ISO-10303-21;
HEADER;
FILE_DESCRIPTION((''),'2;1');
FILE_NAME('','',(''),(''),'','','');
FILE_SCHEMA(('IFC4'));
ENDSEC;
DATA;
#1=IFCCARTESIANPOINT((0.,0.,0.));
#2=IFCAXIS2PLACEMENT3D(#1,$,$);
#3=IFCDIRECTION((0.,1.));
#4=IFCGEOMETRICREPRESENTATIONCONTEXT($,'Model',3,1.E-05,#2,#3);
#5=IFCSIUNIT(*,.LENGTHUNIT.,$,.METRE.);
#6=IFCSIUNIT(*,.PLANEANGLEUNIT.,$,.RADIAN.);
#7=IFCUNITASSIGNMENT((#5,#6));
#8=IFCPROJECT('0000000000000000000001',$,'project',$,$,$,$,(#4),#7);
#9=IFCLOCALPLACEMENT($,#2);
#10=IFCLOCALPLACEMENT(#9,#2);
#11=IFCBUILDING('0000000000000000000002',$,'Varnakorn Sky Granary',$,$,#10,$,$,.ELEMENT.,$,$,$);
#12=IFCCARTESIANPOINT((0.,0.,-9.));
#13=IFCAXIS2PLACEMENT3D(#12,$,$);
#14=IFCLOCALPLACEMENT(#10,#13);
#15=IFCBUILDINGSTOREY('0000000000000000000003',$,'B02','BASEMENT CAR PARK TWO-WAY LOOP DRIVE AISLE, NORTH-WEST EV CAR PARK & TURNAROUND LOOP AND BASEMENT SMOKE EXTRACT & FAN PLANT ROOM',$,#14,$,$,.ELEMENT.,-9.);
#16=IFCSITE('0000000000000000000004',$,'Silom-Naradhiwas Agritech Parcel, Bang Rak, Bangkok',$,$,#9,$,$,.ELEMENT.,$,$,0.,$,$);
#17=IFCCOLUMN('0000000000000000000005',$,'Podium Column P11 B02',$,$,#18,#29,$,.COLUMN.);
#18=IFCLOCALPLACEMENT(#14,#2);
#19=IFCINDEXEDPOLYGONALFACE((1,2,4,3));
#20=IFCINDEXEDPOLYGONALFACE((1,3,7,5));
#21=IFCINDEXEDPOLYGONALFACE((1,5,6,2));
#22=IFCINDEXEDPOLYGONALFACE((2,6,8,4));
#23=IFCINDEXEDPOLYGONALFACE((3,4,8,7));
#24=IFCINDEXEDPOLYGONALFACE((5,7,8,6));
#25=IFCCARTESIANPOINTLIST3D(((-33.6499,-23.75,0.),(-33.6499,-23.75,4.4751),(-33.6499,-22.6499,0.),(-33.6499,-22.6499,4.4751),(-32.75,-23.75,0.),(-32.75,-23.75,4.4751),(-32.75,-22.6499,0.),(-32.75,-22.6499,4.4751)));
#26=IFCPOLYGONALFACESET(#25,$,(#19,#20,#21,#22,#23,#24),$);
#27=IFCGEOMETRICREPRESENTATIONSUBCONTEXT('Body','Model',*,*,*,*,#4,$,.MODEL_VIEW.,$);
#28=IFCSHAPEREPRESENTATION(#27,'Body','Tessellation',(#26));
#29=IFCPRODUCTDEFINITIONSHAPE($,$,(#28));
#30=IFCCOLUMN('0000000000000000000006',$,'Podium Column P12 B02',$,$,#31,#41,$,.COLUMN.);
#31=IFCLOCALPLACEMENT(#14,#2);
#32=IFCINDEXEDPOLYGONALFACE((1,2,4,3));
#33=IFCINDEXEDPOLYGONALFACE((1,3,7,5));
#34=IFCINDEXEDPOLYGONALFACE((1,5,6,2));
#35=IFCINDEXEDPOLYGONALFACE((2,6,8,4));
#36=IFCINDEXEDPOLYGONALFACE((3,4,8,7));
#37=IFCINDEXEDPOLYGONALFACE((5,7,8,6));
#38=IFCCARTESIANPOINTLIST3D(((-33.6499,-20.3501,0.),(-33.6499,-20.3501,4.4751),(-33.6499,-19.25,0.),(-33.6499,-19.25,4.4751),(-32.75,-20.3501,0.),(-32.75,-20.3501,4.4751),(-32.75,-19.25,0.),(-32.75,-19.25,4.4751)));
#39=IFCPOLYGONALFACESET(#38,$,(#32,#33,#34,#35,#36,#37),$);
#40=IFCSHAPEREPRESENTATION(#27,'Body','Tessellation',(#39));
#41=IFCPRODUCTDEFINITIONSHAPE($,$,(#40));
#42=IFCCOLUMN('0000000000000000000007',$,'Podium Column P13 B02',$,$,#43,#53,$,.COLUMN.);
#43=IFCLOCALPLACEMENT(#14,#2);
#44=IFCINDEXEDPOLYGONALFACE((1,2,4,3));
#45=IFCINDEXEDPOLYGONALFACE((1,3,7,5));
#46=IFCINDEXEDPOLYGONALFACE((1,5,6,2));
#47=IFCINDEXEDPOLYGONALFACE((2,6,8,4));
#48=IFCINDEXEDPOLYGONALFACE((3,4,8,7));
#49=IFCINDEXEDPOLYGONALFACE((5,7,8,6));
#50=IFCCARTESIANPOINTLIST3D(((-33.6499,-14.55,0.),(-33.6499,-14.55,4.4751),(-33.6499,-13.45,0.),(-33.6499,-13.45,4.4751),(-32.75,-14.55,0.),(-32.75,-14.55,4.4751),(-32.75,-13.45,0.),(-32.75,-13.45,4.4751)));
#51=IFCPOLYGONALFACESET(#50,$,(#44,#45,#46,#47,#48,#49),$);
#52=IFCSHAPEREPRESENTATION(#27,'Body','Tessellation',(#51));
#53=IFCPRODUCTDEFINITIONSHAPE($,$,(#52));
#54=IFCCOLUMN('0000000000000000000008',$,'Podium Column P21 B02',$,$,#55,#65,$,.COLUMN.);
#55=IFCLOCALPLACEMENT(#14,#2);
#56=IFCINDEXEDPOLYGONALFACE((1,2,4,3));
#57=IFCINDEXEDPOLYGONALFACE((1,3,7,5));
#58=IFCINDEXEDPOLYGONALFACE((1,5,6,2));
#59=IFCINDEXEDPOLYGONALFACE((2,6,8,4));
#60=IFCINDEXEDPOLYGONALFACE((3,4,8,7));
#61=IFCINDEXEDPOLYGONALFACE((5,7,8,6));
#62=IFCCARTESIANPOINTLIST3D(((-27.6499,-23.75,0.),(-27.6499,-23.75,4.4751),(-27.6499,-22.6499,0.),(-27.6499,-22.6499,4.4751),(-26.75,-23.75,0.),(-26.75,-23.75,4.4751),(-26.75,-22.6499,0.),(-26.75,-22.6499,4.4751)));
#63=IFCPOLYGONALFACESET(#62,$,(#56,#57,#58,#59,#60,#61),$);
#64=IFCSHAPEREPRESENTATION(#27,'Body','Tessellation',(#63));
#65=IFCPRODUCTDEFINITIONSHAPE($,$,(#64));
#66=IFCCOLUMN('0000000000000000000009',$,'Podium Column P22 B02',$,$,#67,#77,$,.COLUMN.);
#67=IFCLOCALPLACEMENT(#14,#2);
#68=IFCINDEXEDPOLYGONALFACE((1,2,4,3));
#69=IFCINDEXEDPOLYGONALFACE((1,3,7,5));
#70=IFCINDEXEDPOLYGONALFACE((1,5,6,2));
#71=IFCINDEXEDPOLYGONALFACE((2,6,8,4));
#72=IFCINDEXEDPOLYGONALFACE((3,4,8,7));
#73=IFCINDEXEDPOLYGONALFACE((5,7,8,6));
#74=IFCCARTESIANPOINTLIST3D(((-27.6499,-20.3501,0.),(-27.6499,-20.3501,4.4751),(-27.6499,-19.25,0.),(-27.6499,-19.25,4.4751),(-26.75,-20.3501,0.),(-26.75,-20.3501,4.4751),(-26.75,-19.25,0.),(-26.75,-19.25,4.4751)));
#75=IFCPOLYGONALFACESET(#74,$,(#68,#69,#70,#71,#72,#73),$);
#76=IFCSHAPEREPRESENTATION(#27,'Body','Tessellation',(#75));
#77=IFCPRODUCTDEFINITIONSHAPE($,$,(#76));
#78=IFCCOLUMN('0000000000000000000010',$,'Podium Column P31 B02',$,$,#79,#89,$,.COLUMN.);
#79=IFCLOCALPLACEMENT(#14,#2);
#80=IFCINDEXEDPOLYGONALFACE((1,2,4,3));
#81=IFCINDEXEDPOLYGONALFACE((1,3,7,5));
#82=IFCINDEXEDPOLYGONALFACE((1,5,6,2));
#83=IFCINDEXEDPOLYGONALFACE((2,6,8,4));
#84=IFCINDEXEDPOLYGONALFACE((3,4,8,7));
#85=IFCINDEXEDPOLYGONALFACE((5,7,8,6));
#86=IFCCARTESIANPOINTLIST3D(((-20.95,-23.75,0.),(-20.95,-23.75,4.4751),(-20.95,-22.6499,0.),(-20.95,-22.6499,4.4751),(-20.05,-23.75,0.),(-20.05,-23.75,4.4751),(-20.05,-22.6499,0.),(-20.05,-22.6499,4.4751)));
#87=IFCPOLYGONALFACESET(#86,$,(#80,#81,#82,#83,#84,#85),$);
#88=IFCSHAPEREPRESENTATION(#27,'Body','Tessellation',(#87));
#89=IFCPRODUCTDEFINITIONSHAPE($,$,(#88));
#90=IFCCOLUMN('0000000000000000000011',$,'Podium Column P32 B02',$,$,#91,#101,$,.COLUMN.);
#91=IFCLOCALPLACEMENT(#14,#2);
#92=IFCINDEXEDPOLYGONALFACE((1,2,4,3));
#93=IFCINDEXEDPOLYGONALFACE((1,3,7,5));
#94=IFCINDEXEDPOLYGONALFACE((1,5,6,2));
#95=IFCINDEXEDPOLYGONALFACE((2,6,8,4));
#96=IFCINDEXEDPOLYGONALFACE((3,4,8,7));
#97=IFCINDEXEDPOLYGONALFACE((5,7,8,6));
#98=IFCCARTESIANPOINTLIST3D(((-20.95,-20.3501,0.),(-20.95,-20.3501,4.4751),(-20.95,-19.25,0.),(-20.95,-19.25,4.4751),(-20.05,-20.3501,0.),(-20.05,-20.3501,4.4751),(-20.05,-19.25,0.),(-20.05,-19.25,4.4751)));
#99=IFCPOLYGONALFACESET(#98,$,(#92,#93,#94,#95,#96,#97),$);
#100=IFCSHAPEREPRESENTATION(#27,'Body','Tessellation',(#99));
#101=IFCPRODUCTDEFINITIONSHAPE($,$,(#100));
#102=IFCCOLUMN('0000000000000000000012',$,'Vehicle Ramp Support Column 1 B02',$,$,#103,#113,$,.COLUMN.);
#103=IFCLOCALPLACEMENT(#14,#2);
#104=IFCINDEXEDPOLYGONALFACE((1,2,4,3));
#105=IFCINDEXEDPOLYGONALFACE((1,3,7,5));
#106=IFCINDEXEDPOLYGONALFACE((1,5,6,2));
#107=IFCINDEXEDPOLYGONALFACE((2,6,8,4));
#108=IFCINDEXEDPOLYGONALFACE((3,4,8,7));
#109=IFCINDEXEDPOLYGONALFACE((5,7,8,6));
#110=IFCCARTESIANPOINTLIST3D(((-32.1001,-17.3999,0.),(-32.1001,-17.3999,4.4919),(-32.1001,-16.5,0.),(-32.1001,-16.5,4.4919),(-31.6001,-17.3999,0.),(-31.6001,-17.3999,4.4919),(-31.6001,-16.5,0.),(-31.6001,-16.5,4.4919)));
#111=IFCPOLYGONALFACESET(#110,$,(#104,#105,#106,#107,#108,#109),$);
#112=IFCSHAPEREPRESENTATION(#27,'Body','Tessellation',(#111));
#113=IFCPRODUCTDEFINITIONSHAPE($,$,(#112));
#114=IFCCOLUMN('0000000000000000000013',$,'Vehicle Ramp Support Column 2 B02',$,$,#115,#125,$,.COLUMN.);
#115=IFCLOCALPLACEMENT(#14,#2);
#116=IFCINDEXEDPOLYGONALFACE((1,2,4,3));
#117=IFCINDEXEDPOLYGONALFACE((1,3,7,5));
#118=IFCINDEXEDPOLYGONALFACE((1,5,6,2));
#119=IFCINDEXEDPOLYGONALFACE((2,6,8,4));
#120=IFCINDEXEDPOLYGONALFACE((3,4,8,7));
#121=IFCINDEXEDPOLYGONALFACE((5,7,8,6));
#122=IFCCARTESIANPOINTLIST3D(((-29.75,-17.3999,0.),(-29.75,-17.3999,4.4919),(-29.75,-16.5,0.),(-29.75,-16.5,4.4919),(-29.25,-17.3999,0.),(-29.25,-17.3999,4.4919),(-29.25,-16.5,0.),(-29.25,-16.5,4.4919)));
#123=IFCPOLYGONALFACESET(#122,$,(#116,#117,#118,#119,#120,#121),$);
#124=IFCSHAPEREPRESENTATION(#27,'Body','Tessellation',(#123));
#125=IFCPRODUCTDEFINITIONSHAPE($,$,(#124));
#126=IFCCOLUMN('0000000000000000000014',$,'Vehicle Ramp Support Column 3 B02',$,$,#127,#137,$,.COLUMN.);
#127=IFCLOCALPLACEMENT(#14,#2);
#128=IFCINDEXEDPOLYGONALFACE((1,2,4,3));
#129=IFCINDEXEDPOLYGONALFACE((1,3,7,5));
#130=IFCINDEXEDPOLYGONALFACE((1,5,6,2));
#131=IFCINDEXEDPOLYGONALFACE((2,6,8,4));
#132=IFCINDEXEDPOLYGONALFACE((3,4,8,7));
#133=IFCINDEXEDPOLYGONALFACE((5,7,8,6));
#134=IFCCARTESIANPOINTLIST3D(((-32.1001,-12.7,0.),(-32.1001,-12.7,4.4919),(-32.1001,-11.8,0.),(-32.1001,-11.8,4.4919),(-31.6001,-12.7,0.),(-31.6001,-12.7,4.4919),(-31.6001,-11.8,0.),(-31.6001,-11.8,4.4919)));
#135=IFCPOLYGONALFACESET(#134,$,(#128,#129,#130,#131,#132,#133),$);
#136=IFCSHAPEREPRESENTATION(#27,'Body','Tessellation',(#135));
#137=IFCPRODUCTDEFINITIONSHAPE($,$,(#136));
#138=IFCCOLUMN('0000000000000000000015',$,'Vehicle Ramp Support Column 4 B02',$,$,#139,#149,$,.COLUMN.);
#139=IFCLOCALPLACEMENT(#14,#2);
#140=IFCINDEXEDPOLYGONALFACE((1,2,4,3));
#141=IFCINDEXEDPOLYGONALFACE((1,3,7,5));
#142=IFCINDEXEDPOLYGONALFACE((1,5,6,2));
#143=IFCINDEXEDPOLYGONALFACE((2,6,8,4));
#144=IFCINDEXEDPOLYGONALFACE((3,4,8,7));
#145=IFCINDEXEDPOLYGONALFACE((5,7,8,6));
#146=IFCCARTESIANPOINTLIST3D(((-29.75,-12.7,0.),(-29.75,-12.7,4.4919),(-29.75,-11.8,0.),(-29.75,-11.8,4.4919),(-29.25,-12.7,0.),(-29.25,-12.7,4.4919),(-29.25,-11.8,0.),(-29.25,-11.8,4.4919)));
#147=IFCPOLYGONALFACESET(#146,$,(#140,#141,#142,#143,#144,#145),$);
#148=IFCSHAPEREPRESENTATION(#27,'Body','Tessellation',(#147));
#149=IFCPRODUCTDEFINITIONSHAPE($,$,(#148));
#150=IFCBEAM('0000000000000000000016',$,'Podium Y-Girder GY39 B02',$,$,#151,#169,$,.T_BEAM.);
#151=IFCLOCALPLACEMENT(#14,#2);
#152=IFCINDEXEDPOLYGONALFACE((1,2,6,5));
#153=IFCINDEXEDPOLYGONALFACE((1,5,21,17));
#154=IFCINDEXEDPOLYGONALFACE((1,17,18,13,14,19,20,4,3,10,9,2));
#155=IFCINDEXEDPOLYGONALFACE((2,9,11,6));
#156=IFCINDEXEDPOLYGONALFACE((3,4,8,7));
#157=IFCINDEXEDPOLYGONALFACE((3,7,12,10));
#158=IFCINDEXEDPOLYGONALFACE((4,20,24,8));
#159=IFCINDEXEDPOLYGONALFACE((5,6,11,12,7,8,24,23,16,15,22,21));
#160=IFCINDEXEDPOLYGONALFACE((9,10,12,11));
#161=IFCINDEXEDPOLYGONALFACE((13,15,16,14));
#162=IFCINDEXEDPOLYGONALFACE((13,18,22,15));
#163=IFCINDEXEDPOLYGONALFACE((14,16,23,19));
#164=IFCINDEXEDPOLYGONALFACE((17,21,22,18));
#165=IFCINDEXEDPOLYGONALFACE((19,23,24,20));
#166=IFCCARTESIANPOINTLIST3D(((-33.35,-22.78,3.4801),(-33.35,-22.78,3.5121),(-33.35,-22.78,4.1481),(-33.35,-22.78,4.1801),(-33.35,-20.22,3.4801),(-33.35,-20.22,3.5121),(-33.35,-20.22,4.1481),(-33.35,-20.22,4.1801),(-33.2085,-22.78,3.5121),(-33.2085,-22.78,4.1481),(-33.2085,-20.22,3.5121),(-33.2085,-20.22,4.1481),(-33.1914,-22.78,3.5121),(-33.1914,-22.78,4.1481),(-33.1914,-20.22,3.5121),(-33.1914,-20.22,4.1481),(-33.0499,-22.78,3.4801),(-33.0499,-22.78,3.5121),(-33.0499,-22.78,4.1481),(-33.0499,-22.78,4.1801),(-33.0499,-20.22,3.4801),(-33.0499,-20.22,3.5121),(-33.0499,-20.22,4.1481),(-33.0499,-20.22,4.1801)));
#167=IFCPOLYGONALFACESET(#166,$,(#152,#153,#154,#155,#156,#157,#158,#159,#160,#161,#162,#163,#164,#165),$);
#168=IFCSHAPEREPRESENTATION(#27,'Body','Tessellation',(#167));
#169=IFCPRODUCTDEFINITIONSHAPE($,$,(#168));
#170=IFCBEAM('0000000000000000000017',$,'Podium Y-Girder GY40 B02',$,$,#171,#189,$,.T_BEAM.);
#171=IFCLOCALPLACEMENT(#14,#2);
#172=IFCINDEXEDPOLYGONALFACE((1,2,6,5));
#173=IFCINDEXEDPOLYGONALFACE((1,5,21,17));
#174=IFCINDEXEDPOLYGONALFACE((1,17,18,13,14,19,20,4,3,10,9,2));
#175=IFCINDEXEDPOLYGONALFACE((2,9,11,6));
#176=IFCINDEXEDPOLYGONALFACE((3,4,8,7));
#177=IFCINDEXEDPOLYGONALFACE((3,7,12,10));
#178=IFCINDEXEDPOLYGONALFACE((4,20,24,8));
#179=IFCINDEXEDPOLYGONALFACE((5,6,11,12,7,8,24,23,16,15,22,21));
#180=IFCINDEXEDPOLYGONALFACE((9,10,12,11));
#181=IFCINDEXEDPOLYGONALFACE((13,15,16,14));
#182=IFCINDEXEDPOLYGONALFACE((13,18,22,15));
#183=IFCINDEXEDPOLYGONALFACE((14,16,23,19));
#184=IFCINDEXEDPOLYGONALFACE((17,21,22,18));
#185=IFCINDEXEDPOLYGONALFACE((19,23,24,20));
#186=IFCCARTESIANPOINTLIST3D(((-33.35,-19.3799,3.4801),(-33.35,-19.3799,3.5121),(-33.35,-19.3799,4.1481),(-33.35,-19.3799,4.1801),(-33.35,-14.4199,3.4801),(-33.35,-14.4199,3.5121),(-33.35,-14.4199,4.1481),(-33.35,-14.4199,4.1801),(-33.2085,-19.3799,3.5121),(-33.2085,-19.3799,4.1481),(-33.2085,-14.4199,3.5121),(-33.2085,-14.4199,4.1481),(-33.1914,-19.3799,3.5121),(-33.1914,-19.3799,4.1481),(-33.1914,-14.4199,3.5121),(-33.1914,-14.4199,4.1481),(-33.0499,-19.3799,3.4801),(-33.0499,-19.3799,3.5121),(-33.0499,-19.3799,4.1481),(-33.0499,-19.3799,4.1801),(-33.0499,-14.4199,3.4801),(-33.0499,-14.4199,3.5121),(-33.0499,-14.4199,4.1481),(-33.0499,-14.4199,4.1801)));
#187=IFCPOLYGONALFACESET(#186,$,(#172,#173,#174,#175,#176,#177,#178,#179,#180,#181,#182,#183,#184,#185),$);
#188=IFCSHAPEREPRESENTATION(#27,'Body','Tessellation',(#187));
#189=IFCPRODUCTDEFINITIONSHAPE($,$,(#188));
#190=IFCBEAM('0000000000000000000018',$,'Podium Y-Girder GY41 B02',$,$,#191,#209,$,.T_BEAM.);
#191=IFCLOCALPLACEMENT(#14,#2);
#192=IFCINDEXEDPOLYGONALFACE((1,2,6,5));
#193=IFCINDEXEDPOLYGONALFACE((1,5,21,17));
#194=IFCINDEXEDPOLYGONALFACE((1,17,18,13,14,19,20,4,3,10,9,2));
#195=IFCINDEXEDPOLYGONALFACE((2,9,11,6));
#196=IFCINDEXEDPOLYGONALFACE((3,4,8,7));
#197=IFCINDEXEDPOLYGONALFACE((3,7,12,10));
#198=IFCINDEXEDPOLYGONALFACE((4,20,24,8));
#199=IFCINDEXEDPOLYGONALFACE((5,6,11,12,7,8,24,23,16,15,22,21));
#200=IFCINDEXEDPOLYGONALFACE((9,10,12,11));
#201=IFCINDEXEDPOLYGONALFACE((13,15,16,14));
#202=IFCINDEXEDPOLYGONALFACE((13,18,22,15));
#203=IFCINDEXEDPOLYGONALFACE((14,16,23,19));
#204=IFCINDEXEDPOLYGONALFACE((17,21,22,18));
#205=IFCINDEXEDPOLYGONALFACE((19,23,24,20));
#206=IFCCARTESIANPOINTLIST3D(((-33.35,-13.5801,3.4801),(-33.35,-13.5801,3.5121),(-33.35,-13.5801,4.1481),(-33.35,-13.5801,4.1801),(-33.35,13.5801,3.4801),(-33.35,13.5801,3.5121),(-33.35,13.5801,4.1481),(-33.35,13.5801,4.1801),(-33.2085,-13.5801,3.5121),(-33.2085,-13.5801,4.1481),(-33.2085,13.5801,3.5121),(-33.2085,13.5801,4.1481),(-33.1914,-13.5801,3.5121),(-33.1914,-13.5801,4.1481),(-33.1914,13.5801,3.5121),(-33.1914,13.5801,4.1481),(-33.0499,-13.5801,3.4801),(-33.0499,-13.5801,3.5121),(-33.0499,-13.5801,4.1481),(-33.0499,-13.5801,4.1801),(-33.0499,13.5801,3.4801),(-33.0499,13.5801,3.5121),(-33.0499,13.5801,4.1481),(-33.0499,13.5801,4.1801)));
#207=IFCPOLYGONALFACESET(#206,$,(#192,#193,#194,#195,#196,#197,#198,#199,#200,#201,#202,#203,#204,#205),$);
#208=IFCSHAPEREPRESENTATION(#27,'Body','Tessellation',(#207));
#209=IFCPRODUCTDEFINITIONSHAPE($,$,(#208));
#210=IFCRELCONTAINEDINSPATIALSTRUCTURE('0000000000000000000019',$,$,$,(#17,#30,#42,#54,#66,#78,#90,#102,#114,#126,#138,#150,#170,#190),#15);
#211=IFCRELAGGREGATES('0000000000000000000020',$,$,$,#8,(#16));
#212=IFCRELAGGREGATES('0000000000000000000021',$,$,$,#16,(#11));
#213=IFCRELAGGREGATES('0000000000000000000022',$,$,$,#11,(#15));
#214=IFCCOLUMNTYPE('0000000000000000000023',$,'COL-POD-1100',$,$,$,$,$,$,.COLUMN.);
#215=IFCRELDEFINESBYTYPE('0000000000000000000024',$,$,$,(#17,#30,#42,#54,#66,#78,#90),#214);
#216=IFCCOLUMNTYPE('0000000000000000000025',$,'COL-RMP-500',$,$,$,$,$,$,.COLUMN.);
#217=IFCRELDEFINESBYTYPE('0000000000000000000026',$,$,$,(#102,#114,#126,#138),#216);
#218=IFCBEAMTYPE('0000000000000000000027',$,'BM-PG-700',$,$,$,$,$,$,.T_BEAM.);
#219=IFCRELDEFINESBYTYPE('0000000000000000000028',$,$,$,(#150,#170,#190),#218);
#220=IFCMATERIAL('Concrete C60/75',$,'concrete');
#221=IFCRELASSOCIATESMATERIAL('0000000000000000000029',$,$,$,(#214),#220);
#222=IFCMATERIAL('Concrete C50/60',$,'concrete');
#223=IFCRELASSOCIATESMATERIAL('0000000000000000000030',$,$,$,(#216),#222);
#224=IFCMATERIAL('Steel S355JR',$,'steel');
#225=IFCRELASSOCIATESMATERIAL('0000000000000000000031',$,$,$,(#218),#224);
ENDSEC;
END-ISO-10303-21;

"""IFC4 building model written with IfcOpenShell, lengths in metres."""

from ifc_helpers import new_model, si_unit, direction, frame, origin, origin_2d, place, context, subcontext, project, spatial, rectangle, i_section, extrude, material, material_profile, profile_set, type_object, element, save


model = new_model("IFC4")

# Units and contexts
model_context = context("Model", 3, precision=1e-05, world=origin(), true_north=direction((0.0, 1.0)))
body_context = subcontext(model_context, "Body", "Model", "MODEL_VIEW")
ifc_project = project(units=[si_unit("LENGTHUNIT", "METRE"), si_unit("PLANEANGLEUNIT", "RADIAN")], contexts=[model_context])

# Site, building, storey
site_placement = place(None, origin())
site = spatial("IfcSite", under=ifc_project, at=site_placement, Name="Silom-Naradhiwas Agritech Parcel, Bang Rak, Bangkok", CompositionType="ELEMENT", RefElevation=0.0)
building_placement = place(site_placement, origin())
building = spatial("IfcBuilding", under=site, at=building_placement, Name="Varnakorn Sky Granary", CompositionType="ELEMENT")
storey_placement = place(building_placement, frame((0.0, 0.0, -9.0)))
storey = spatial("IfcBuildingStorey", under=building, at=storey_placement, Name="B02", Description="BASEMENT CAR PARK TWO-WAY LOOP DRIVE AISLE, NORTH-WEST EV CAR PARK & TURNAROUND LOOP AND BASEMENT SMOKE EXTRACT & FAN PLANT ROOM", CompositionType="ELEMENT", Elevation=-9.0)

# Columns
ifc_material_1 = material(Name="Concrete C60/75", Category="concrete")
ifc_material_profile_1 = material_profile(ifc_material_1, rectangle(XDim=0.8999, YDim=1.1001, at=origin_2d()), Name="RC 900x1100")
ifc_profile_set_1 = profile_set([ifc_material_profile_1], Name="Concrete C60/75")
column_type_1 = type_object("IfcColumnType", Name="COL-POD-1100", PredefinedType="COLUMN", material=ifc_profile_set_1)
for number, where, z_axis, x_axis, name in (
    (1, (-33.2, -23.2, 0.0), (0.0, 0.0, 1.0), (1.0, 0.0, 0.0), "Podium Column P11 B02"),
    (2, (-33.2, -19.8, 0.0), (0.0, 0.0, 1.0), (1.0, 0.0, 0.0), "Podium Column P12 B02"),
    (3, (-33.2, -14.0, 0.0), (0.0, 0.0, 1.0), (1.0, 0.0, 0.0), "Podium Column P13 B02"),
    (4, (-27.2, -23.2, 0.0), (0.0, 0.0, 1.0), (1.0, 0.0, 0.0), "Podium Column P21 B02"),
    (5, (-27.2, -19.8, 0.0), (0.0, 0.0, 1.0), (1.0, 0.0, 0.0), "Podium Column P22 B02"),
    (6, (-20.5, -23.2, 0.0), (0.0, 0.0, 1.0), (1.0, 0.0, 0.0), "Podium Column P31 B02"),
    (7, (-20.5, -19.8, 0.0), (0.0, 0.0, 1.0), (1.0, 0.0, 0.0), "Podium Column P32 B02"),
):
    element("IfcColumn", number, at=place(storey_placement, frame(where, z_axis=z_axis, x_axis=x_axis)), inside=storey, type_object=column_type_1, Name=name, PredefinedType="COLUMN", context=body_context, shape_type="SweptSolid", body=[
        extrude(rectangle(XDim=0.8999, YDim=1.1001, at=origin_2d()), origin(), (0.0, 0.0, 1.0), 4.4751),
    ])
ifc_material_2 = material(Name="Concrete C50/60", Category="concrete")
ifc_material_profile_2 = material_profile(ifc_material_2, rectangle(XDim=0.5, YDim=0.8999, at=origin_2d()), Name="RC 500x900")
ifc_profile_set_2 = profile_set([ifc_material_profile_2], Name="Concrete C50/60")
column_type_2 = type_object("IfcColumnType", Name="COL-RMP-500", PredefinedType="COLUMN", material=ifc_profile_set_2)
for number, where, z_axis, x_axis, name in (
    (8, (-31.8501, -16.95, 0.0), (0.0, 0.0, 1.0), (1.0, 0.0, 0.0), "Vehicle Ramp Support Column 1 B02"),
    (9, (-29.5, -16.95, 0.0), (0.0, 0.0, 1.0), (1.0, 0.0, 0.0), "Vehicle Ramp Support Column 2 B02"),
    (10, (-31.8501, -12.25, 0.0), (0.0, 0.0, 1.0), (1.0, 0.0, 0.0), "Vehicle Ramp Support Column 3 B02"),
    (11, (-29.5, -12.25, 0.0), (0.0, 0.0, 1.0), (1.0, 0.0, 0.0), "Vehicle Ramp Support Column 4 B02"),
):
    element("IfcColumn", number, at=place(storey_placement, frame(where, z_axis=z_axis, x_axis=x_axis)), inside=storey, type_object=column_type_2, Name=name, PredefinedType="COLUMN", context=body_context, shape_type="SweptSolid", body=[
        extrude(rectangle(XDim=0.5, YDim=0.8999, at=origin_2d()), origin(), (0.0, 0.0, 1.0), 4.4919),
    ])

# Beams
ifc_material_3 = material(Name="Steel S355JR", Category="steel")
ifc_material_profile_3 = material_profile(ifc_material_3, i_section(OverallWidth=0.3, OverallDepth=0.7, WebThickness=0.0171, FlangeThickness=0.032, at=origin_2d()), Name="HE 700 B")
ifc_profile_set_3 = profile_set([ifc_material_profile_3], Name="Steel S355JR")
beam_type_1 = type_object("IfcBeamType", Name="BM-PG-700", PredefinedType="T_BEAM", material=ifc_profile_set_3)
beam_1_placement = place(storey_placement, frame((-33.2, -22.78, 3.8301), z_axis=(0.0, 1.0, 0.0), x_axis=(-1.0, 0.0, 0.0)))
element("IfcBeam", 12, at=beam_1_placement, inside=storey, type_object=beam_type_1, Name="Podium Y-Girder GY39 B02", PredefinedType="T_BEAM", context=body_context, shape_type="SweptSolid", body=[
    extrude(i_section(OverallWidth=0.3, OverallDepth=0.7, WebThickness=0.0171, FlangeThickness=0.032, at=origin_2d()), origin(), (0.0, 0.0, 1.0), 2.5601),
])
beam_2_placement = place(storey_placement, frame((-33.2, -19.3799, 3.8301), z_axis=(0.0, 1.0, 0.0), x_axis=(-1.0, 0.0, 0.0)))
element("IfcBeam", 13, at=beam_2_placement, inside=storey, type_object=beam_type_1, Name="Podium Y-Girder GY40 B02", PredefinedType="T_BEAM", context=body_context, shape_type="SweptSolid", body=[
    extrude(i_section(OverallWidth=0.3, OverallDepth=0.7, WebThickness=0.0171, FlangeThickness=0.032, at=origin_2d()), origin(), (0.0, 0.0, 1.0), 4.96),
])
beam_3_placement = place(storey_placement, frame((-33.2, -13.5801, 3.8301), z_axis=(0.0, 1.0, 0.0), x_axis=(-1.0, 0.0, 0.0)))
element("IfcBeam", 14, at=beam_3_placement, inside=storey, type_object=beam_type_1, Name="Podium Y-Girder GY41 B02", PredefinedType="T_BEAM", context=body_context, shape_type="SweptSolid", body=[
    extrude(i_section(OverallWidth=0.3, OverallDepth=0.7, WebThickness=0.0171, FlangeThickness=0.032, at=origin_2d()), origin(), (0.0, 0.0, 1.0), 27.1602),
])

save(model, "model.ifc")
